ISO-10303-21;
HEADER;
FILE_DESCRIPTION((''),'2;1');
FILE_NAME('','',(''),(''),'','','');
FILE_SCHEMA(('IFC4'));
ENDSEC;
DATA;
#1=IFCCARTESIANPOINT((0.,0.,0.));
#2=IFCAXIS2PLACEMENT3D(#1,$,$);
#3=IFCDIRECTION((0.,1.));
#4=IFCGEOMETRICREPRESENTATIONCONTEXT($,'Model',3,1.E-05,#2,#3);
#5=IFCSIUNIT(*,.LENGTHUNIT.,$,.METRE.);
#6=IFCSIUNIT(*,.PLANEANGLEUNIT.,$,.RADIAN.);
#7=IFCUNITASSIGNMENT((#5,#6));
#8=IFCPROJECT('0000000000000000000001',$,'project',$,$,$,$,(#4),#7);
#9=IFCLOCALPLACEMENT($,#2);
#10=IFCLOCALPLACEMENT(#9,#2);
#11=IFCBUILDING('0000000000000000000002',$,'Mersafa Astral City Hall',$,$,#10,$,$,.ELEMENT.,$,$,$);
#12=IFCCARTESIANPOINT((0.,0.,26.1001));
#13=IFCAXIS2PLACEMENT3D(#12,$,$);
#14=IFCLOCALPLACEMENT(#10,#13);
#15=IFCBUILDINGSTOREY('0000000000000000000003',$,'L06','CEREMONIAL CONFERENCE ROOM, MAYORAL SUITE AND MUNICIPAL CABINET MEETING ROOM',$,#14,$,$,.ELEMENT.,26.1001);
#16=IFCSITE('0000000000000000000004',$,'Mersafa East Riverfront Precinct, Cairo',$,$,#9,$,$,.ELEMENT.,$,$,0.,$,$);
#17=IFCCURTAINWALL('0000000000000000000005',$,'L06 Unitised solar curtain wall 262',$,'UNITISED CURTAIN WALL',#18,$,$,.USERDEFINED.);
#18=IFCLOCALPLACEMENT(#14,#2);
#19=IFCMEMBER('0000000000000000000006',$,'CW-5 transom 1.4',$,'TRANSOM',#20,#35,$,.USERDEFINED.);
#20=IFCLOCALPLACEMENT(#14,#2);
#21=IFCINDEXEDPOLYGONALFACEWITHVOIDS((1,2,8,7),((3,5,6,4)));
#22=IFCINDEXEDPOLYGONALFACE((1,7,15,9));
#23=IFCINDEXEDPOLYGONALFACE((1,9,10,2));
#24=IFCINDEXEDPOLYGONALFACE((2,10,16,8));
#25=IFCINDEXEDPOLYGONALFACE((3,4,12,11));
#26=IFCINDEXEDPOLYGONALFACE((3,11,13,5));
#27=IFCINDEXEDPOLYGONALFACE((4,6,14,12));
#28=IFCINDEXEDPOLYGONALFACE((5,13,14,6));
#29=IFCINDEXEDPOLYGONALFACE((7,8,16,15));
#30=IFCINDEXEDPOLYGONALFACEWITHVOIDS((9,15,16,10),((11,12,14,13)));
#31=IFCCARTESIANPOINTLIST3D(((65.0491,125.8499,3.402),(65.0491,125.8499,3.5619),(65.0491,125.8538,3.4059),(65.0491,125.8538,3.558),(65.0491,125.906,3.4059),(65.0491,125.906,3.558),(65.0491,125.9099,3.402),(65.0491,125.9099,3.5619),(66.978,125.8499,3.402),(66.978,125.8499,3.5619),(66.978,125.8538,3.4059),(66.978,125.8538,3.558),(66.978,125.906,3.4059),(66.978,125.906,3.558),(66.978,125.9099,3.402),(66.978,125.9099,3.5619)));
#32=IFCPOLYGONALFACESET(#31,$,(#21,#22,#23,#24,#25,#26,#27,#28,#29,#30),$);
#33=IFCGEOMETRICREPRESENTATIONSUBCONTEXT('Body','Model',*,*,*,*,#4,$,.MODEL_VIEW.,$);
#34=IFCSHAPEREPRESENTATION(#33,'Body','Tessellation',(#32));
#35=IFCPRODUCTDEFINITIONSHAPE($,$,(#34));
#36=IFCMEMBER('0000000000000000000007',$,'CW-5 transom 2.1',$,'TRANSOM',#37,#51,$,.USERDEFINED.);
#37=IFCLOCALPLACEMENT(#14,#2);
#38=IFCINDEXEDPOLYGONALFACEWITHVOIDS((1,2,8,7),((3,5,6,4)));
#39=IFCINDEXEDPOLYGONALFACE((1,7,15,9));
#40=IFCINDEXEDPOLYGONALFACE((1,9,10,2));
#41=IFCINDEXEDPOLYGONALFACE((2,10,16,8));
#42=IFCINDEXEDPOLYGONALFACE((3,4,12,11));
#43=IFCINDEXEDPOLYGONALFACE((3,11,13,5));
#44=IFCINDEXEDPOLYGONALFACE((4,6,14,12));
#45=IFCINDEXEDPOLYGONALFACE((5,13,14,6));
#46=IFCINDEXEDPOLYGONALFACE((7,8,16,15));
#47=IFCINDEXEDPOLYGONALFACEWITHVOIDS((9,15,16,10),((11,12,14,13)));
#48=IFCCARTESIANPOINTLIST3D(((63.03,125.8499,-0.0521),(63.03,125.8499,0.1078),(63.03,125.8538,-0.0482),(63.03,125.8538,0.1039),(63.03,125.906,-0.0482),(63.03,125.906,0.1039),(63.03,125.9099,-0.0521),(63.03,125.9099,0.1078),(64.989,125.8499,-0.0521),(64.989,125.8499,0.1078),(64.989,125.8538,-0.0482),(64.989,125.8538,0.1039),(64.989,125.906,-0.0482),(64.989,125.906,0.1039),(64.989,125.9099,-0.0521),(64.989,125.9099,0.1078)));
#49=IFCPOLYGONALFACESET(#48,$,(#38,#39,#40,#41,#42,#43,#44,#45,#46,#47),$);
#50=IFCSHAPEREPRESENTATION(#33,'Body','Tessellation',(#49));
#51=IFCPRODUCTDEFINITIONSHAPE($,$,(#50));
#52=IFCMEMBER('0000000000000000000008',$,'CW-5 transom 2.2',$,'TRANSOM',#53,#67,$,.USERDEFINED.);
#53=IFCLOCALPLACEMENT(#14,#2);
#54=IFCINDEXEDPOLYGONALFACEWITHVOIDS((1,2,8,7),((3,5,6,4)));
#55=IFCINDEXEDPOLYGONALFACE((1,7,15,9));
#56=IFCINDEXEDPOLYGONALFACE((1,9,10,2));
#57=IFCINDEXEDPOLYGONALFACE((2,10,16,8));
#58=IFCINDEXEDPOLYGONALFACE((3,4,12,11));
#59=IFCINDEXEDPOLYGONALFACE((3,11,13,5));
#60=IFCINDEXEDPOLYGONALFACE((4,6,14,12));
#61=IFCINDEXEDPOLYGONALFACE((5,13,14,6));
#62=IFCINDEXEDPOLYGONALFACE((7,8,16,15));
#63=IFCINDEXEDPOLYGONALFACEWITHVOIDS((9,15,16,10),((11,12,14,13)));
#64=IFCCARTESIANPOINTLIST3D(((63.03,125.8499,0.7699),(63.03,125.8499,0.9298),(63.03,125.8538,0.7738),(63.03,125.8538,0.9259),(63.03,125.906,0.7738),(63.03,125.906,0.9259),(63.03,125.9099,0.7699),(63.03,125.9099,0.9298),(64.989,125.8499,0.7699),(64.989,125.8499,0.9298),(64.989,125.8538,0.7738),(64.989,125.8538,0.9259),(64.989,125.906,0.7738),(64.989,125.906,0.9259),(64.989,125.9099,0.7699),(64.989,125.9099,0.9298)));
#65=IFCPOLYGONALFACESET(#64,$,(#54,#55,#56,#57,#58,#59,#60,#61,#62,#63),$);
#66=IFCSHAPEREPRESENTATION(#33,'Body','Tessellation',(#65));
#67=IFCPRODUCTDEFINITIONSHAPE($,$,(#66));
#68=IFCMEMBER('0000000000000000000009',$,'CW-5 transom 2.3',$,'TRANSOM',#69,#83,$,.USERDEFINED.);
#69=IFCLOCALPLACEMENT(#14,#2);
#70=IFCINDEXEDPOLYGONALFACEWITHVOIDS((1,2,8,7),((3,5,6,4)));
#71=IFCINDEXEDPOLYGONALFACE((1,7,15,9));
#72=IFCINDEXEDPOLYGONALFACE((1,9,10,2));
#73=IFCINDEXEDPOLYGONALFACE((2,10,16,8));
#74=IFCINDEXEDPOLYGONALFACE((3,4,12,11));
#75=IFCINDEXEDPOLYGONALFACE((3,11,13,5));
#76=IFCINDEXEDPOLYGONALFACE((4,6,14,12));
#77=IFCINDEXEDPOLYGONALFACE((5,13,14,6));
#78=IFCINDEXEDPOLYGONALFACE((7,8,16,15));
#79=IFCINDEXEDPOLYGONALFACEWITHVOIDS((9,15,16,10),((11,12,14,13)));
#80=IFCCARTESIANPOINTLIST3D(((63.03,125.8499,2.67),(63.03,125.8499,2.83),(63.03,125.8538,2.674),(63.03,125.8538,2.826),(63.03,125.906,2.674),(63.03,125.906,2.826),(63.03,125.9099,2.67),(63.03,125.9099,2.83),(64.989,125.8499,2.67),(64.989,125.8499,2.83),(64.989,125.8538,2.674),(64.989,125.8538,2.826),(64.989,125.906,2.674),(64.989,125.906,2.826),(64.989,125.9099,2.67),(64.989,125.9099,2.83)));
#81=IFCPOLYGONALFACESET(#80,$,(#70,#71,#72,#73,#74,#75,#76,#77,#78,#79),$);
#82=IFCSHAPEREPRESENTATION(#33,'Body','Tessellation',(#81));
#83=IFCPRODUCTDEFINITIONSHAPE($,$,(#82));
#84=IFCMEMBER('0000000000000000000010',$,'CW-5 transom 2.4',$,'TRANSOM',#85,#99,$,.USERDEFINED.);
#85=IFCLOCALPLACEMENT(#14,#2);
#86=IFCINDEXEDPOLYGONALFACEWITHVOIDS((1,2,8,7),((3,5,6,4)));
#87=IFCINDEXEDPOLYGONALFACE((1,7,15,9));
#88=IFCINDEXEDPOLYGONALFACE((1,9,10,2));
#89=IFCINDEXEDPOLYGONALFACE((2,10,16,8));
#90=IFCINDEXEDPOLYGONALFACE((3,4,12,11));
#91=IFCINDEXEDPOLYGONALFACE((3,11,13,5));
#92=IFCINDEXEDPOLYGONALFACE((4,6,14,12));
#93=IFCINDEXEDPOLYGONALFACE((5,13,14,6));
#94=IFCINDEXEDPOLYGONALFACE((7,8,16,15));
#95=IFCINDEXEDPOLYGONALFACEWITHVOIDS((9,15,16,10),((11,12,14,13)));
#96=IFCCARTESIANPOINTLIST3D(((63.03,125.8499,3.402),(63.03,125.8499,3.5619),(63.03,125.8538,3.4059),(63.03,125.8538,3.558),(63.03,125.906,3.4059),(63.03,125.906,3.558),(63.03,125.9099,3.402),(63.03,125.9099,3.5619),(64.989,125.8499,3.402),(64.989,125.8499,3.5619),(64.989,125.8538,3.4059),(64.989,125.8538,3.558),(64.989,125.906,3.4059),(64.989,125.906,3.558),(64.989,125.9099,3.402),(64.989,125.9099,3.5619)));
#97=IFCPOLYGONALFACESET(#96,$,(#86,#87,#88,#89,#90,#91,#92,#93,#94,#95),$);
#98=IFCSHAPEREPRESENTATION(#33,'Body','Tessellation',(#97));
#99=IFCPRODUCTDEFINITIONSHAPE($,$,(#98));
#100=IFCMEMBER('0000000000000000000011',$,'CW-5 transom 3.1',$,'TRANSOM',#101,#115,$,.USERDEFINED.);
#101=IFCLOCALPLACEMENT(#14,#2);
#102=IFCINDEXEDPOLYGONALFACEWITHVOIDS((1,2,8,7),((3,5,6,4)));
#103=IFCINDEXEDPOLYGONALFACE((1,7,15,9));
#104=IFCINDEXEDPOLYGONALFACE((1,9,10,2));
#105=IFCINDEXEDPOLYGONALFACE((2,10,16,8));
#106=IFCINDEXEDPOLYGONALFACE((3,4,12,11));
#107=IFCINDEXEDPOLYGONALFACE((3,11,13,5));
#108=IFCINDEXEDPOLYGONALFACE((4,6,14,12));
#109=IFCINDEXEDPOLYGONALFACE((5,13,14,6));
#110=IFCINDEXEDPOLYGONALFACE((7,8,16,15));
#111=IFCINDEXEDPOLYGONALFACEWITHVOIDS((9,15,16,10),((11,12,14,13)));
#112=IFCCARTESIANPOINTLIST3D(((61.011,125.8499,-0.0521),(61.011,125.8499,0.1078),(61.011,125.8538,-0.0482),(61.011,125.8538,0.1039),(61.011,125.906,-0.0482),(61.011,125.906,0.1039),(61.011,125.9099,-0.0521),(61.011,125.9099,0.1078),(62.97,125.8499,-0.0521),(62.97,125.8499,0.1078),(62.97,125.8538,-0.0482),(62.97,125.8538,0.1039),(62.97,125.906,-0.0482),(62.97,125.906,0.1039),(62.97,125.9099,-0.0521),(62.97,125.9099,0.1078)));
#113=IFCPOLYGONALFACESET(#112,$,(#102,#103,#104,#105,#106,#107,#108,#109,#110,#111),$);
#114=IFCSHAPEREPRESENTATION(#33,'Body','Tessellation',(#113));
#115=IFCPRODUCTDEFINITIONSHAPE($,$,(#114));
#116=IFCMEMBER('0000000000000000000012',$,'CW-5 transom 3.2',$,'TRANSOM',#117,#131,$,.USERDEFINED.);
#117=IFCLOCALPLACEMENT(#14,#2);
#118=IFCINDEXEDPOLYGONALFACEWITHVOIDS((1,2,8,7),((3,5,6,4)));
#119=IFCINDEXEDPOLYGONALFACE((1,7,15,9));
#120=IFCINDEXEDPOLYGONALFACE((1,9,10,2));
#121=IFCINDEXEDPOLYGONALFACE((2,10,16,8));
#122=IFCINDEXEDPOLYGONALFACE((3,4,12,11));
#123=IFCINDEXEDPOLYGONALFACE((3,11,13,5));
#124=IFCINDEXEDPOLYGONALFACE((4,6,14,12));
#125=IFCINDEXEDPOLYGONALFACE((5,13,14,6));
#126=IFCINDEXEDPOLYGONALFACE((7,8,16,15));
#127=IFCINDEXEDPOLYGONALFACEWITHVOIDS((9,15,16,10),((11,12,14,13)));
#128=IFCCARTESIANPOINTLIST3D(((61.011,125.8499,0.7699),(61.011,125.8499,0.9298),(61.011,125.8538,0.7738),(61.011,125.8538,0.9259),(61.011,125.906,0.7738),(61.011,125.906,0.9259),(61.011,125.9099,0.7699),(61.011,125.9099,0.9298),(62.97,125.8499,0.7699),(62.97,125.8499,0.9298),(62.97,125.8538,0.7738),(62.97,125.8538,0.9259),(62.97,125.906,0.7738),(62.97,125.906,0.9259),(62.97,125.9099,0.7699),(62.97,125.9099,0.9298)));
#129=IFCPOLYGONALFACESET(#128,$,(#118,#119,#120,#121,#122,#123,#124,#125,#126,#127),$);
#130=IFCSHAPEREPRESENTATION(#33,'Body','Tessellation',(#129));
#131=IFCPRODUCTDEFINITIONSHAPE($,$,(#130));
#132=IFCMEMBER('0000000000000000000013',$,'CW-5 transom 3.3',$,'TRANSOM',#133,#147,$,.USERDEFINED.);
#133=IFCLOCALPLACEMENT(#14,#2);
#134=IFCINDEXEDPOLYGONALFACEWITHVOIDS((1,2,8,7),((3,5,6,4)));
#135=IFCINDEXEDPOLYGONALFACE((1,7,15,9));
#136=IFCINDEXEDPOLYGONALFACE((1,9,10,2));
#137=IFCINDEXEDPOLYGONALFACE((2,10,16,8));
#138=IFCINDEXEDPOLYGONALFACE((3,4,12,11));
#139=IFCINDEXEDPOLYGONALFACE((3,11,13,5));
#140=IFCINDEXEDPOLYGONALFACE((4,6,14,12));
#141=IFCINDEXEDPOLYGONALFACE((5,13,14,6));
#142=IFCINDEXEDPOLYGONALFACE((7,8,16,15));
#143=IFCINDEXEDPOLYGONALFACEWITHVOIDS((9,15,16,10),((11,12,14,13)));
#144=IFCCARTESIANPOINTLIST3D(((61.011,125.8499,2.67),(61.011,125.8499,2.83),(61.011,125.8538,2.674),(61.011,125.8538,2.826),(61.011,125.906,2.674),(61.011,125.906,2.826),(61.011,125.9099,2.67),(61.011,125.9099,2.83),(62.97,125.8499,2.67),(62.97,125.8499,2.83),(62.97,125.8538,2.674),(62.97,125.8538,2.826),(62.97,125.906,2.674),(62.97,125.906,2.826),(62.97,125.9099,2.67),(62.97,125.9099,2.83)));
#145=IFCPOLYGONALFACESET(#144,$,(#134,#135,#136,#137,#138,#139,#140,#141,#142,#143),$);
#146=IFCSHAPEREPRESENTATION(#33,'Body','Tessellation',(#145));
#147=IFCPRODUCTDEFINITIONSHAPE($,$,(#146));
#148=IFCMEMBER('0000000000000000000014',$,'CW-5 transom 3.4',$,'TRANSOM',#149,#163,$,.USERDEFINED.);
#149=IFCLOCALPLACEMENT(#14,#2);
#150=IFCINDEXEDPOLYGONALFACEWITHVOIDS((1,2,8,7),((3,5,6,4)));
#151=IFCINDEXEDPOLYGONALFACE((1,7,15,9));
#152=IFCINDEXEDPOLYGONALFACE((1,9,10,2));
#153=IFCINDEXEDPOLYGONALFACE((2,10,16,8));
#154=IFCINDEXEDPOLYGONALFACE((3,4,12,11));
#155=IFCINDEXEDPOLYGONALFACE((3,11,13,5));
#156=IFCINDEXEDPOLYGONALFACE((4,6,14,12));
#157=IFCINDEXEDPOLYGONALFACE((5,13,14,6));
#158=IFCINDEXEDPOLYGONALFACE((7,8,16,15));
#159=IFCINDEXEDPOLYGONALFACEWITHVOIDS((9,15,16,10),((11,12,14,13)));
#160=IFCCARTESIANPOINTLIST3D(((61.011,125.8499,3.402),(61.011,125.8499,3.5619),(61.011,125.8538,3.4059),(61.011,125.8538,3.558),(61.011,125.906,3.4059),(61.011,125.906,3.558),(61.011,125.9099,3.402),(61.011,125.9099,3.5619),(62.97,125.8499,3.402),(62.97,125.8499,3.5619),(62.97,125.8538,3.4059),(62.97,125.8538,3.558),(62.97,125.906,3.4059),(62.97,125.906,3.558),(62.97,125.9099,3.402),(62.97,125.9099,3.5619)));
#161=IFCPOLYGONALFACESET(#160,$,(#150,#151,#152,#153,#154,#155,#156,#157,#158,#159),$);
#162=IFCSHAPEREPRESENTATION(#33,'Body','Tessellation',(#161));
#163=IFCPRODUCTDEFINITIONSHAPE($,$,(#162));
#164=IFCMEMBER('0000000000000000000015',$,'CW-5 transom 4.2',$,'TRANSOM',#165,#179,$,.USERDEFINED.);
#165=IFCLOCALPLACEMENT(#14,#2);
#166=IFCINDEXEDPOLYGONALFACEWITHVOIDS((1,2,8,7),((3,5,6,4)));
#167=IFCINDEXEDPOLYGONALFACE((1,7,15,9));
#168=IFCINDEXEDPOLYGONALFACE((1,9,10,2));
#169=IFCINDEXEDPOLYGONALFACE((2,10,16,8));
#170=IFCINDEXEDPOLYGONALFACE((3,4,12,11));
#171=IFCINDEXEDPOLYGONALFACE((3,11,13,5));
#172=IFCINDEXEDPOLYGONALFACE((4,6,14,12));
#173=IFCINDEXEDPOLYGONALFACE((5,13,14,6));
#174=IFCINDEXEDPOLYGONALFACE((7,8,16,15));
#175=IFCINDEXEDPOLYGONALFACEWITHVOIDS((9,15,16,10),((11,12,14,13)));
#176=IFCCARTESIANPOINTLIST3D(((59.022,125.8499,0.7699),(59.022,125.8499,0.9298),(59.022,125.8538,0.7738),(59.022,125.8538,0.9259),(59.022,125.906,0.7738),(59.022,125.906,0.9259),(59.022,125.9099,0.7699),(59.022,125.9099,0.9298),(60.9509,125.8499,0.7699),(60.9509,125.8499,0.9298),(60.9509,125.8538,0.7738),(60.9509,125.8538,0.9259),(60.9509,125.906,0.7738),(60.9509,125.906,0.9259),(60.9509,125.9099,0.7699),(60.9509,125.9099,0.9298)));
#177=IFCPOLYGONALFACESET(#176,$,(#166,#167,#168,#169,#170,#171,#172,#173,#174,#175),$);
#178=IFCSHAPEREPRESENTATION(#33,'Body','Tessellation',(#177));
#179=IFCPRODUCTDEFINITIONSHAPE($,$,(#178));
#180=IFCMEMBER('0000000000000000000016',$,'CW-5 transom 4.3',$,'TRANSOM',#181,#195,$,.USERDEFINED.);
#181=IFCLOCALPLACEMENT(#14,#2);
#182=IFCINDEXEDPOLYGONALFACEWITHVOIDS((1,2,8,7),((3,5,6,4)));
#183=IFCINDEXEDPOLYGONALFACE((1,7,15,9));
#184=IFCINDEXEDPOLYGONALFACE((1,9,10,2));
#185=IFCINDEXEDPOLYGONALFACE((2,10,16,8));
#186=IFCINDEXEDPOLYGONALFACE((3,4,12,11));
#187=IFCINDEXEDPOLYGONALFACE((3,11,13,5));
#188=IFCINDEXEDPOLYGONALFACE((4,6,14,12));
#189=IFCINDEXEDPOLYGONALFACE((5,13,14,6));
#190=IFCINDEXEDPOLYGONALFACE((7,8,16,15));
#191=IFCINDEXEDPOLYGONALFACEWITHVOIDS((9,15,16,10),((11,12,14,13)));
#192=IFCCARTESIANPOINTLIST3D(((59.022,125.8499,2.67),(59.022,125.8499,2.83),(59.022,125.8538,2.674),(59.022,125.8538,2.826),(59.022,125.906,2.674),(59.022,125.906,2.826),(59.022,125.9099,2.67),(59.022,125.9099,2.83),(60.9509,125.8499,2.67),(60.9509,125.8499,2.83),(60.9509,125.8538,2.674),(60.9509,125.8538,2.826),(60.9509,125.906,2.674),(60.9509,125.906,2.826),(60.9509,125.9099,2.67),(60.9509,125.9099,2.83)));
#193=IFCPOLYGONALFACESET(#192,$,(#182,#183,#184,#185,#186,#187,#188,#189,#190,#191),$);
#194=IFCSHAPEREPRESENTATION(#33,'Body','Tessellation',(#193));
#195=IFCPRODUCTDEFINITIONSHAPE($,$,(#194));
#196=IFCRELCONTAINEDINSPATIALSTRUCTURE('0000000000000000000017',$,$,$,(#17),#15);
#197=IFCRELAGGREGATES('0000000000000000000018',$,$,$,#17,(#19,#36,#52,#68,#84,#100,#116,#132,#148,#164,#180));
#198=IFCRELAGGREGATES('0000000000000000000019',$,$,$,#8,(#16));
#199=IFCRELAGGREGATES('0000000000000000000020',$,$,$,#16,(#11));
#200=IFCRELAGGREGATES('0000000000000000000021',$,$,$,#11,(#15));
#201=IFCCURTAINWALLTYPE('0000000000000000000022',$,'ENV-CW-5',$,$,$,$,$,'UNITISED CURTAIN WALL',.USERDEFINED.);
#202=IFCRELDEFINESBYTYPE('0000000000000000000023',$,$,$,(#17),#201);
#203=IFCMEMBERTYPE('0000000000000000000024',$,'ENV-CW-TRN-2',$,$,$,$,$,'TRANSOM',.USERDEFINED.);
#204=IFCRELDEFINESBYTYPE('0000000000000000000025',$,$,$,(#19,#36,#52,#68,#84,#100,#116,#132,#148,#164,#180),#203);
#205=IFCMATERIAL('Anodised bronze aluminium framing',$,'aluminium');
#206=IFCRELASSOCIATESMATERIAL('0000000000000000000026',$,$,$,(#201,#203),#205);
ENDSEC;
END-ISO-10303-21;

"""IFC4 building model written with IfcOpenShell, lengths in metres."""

from ifc_helpers import new_model, si_unit, direction, frame, origin, origin_2d, place, context, subcontext, project, spatial, hollow_rectangle, extrude, material, material_profile, profile_set, type_object, element, aggregate, save


model = new_model("IFC4")

# Units and contexts
model_context = context("Model", 3, precision=1e-05, world=origin(), true_north=direction((0.0, 1.0)))
body_context = subcontext(model_context, "Body", "Model", "MODEL_VIEW")
ifc_project = project(units=[si_unit("LENGTHUNIT", "METRE"), si_unit("PLANEANGLEUNIT", "RADIAN")], contexts=[model_context])

# Site, building, storey
site_placement = place(None, origin())
site = spatial("IfcSite", under=ifc_project, at=site_placement, Name="Mersafa East Riverfront Precinct, Cairo", CompositionType="ELEMENT", RefElevation=0.0)
building_placement = place(site_placement, origin())
building = spatial("IfcBuilding", under=site, at=building_placement, Name="Mersafa Astral City Hall", CompositionType="ELEMENT")
storey_placement = place(building_placement, frame((0.0, 0.0, 26.1001)))
storey = spatial("IfcBuildingStorey", under=building, at=storey_placement, Name="L06", Description="CEREMONIAL CONFERENCE ROOM, MAYORAL SUITE AND MUNICIPAL CABINET MEETING ROOM", CompositionType="ELEMENT", Elevation=26.1001)

# Shared definitions
ifc_material_1 = material(Name="Anodised bronze aluminium framing", Category="aluminium")

# Curtain wall, members
curtain_wall_type_1 = type_object("IfcCurtainWallType", Name="ENV-CW-5", ElementType="UNITISED CURTAIN WALL", PredefinedType="USERDEFINED", material=ifc_material_1)
curtain_wall_1_placement = place(storey_placement, origin())
curtain_wall_1 = element("IfcCurtainWall", 1, at=curtain_wall_1_placement, inside=storey, type_object=curtain_wall_type_1, Name="L06 Unitised solar curtain wall 262", ObjectType="UNITISED CURTAIN WALL", PredefinedType="USERDEFINED")
ifc_material_profile_1 = material_profile(ifc_material_1, hollow_rectangle(XDim=0.0601, YDim=0.1599, WallThickness=0.0039, at=origin_2d()), Name="RHS 60x160x4")
ifc_profile_set_1 = profile_set([ifc_material_profile_1], Name="Anodised bronze aluminium framing")
member_type_1 = type_object("IfcMemberType", Name="ENV-CW-TRN-2", ElementType="TRANSOM", PredefinedType="USERDEFINED", material=ifc_profile_set_1)
member_1_placement = place(storey_placement, frame((66.978, 125.8799, 3.4819), z_axis=(-1.0, 0.0, 0.0), x_axis=(0.0, -1.0, 0.0)))
member_1 = element("IfcMember", 2, at=member_1_placement, type_object=member_type_1, Name="CW-5 transom 1.4", ObjectType="TRANSOM", PredefinedType="USERDEFINED", context=body_context, shape_type="SweptSolid", body=[
    extrude(hollow_rectangle(XDim=0.0601, YDim=0.1599, WallThickness=0.0039, at=origin_2d()), origin(), (0.0, 0.0, 1.0), 1.929),
])
member_2_placement = place(storey_placement, frame((64.989, 125.8799, 0.0278), z_axis=(-1.0, 0.0, 0.0), x_axis=(0.0, -1.0, 0.0)))
member_2 = element("IfcMember", 3, at=member_2_placement, type_object=member_type_1, Name="CW-5 transom 2.1", ObjectType="TRANSOM", PredefinedType="USERDEFINED", context=body_context, shape_type="SweptSolid", body=[
    extrude(hollow_rectangle(XDim=0.0601, YDim=0.1599, WallThickness=0.0039, at=origin_2d()), origin(), (0.0, 0.0, 1.0), 1.959),
])
member_3_placement = place(storey_placement, frame((64.989, 125.8799, 0.8499), z_axis=(-1.0, 0.0, 0.0), x_axis=(0.0, -1.0, 0.0)))
member_3 = element("IfcMember", 4, at=member_3_placement, type_object=member_type_1, Name="CW-5 transom 2.2", ObjectType="TRANSOM", PredefinedType="USERDEFINED", context=body_context, shape_type="SweptSolid", body=[
    extrude(hollow_rectangle(XDim=0.0601, YDim=0.1599, WallThickness=0.0039, at=origin_2d()), origin(), (0.0, 0.0, 1.0), 1.959),
])
member_4_placement = place(storey_placement, frame((64.989, 125.8799, 2.75), z_axis=(-1.0, 0.0, 0.0), x_axis=(0.0, -1.0, 0.0)))
member_4 = element("IfcMember", 5, at=member_4_placement, type_object=member_type_1, Name="CW-5 transom 2.3", ObjectType="TRANSOM", PredefinedType="USERDEFINED", context=body_context, shape_type="SweptSolid", body=[
    extrude(hollow_rectangle(XDim=0.0601, YDim=0.1599, WallThickness=0.0039, at=origin_2d()), origin(), (0.0, 0.0, 1.0), 1.959),
])
member_5_placement = place(storey_placement, frame((64.989, 125.8799, 3.4819), z_axis=(-1.0, 0.0, 0.0), x_axis=(0.0, -1.0, 0.0)))
member_5 = element("IfcMember", 6, at=member_5_placement, type_object=member_type_1, Name="CW-5 transom 2.4", ObjectType="TRANSOM", PredefinedType="USERDEFINED", context=body_context, shape_type="SweptSolid", body=[
    extrude(hollow_rectangle(XDim=0.0601, YDim=0.1599, WallThickness=0.0039, at=origin_2d()), origin(), (0.0, 0.0, 1.0), 1.959),
])
member_6_placement = place(storey_placement, frame((62.97, 125.8799, 0.0278), z_axis=(-1.0, 0.0, 0.0), x_axis=(0.0, -1.0, 0.0)))
member_6 = element("IfcMember", 7, at=member_6_placement, type_object=member_type_1, Name="CW-5 transom 3.1", ObjectType="TRANSOM", PredefinedType="USERDEFINED", context=body_context, shape_type="SweptSolid", body=[
    extrude(hollow_rectangle(XDim=0.0601, YDim=0.1599, WallThickness=0.0039, at=origin_2d()), origin(), (0.0, 0.0, 1.0), 1.959),
])
member_7_placement = place(storey_placement, frame((62.97, 125.8799, 0.8499), z_axis=(-1.0, 0.0, 0.0), x_axis=(0.0, -1.0, 0.0)))
member_7 = element("IfcMember", 8, at=member_7_placement, type_object=member_type_1, Name="CW-5 transom 3.2", ObjectType="TRANSOM", PredefinedType="USERDEFINED", context=body_context, shape_type="SweptSolid", body=[
    extrude(hollow_rectangle(XDim=0.0601, YDim=0.1599, WallThickness=0.0039, at=origin_2d()), origin(), (0.0, 0.0, 1.0), 1.959),
])
member_8_placement = place(storey_placement, frame((62.97, 125.8799, 2.75), z_axis=(-1.0, 0.0, 0.0), x_axis=(0.0, -1.0, 0.0)))
member_8 = element("IfcMember", 9, at=member_8_placement, type_object=member_type_1, Name="CW-5 transom 3.3", ObjectType="TRANSOM", PredefinedType="USERDEFINED", context=body_context, shape_type="SweptSolid", body=[
    extrude(hollow_rectangle(XDim=0.0601, YDim=0.1599, WallThickness=0.0039, at=origin_2d()), origin(), (0.0, 0.0, 1.0), 1.959),
])
member_9_placement = place(storey_placement, frame((62.97, 125.8799, 3.4819), z_axis=(-1.0, 0.0, 0.0), x_axis=(0.0, -1.0, 0.0)))
member_9 = element("IfcMember", 10, at=member_9_placement, type_object=member_type_1, Name="CW-5 transom 3.4", ObjectType="TRANSOM", PredefinedType="USERDEFINED", context=body_context, shape_type="SweptSolid", body=[
    extrude(hollow_rectangle(XDim=0.0601, YDim=0.1599, WallThickness=0.0039, at=origin_2d()), origin(), (0.0, 0.0, 1.0), 1.959),
])
member_10_placement = place(storey_placement, frame((60.9509, 125.8799, 0.8499), z_axis=(-1.0, 0.0, 0.0), x_axis=(0.0, -1.0, 0.0)))
member_10 = element("IfcMember", 11, at=member_10_placement, type_object=member_type_1, Name="CW-5 transom 4.2", ObjectType="TRANSOM", PredefinedType="USERDEFINED", context=body_context, shape_type="SweptSolid", body=[
    extrude(hollow_rectangle(XDim=0.0601, YDim=0.1599, WallThickness=0.0039, at=origin_2d()), origin(), (0.0, 0.0, 1.0), 1.929),
])
member_11_placement = place(storey_placement, frame((60.9509, 125.8799, 2.75), z_axis=(-1.0, 0.0, 0.0), x_axis=(0.0, -1.0, 0.0)))
member_11 = element("IfcMember", 12, at=member_11_placement, type_object=member_type_1, Name="CW-5 transom 4.3", ObjectType="TRANSOM", PredefinedType="USERDEFINED", context=body_context, shape_type="SweptSolid", body=[
    extrude(hollow_rectangle(XDim=0.0601, YDim=0.1599, WallThickness=0.0039, at=origin_2d()), origin(), (0.0, 0.0, 1.0), 1.929),
])

aggregate(curtain_wall_1, [member_1, member_2, member_3, member_4, member_5, member_6, member_7, member_8, member_9, member_10, member_11])

save(model, "model.ifc")
